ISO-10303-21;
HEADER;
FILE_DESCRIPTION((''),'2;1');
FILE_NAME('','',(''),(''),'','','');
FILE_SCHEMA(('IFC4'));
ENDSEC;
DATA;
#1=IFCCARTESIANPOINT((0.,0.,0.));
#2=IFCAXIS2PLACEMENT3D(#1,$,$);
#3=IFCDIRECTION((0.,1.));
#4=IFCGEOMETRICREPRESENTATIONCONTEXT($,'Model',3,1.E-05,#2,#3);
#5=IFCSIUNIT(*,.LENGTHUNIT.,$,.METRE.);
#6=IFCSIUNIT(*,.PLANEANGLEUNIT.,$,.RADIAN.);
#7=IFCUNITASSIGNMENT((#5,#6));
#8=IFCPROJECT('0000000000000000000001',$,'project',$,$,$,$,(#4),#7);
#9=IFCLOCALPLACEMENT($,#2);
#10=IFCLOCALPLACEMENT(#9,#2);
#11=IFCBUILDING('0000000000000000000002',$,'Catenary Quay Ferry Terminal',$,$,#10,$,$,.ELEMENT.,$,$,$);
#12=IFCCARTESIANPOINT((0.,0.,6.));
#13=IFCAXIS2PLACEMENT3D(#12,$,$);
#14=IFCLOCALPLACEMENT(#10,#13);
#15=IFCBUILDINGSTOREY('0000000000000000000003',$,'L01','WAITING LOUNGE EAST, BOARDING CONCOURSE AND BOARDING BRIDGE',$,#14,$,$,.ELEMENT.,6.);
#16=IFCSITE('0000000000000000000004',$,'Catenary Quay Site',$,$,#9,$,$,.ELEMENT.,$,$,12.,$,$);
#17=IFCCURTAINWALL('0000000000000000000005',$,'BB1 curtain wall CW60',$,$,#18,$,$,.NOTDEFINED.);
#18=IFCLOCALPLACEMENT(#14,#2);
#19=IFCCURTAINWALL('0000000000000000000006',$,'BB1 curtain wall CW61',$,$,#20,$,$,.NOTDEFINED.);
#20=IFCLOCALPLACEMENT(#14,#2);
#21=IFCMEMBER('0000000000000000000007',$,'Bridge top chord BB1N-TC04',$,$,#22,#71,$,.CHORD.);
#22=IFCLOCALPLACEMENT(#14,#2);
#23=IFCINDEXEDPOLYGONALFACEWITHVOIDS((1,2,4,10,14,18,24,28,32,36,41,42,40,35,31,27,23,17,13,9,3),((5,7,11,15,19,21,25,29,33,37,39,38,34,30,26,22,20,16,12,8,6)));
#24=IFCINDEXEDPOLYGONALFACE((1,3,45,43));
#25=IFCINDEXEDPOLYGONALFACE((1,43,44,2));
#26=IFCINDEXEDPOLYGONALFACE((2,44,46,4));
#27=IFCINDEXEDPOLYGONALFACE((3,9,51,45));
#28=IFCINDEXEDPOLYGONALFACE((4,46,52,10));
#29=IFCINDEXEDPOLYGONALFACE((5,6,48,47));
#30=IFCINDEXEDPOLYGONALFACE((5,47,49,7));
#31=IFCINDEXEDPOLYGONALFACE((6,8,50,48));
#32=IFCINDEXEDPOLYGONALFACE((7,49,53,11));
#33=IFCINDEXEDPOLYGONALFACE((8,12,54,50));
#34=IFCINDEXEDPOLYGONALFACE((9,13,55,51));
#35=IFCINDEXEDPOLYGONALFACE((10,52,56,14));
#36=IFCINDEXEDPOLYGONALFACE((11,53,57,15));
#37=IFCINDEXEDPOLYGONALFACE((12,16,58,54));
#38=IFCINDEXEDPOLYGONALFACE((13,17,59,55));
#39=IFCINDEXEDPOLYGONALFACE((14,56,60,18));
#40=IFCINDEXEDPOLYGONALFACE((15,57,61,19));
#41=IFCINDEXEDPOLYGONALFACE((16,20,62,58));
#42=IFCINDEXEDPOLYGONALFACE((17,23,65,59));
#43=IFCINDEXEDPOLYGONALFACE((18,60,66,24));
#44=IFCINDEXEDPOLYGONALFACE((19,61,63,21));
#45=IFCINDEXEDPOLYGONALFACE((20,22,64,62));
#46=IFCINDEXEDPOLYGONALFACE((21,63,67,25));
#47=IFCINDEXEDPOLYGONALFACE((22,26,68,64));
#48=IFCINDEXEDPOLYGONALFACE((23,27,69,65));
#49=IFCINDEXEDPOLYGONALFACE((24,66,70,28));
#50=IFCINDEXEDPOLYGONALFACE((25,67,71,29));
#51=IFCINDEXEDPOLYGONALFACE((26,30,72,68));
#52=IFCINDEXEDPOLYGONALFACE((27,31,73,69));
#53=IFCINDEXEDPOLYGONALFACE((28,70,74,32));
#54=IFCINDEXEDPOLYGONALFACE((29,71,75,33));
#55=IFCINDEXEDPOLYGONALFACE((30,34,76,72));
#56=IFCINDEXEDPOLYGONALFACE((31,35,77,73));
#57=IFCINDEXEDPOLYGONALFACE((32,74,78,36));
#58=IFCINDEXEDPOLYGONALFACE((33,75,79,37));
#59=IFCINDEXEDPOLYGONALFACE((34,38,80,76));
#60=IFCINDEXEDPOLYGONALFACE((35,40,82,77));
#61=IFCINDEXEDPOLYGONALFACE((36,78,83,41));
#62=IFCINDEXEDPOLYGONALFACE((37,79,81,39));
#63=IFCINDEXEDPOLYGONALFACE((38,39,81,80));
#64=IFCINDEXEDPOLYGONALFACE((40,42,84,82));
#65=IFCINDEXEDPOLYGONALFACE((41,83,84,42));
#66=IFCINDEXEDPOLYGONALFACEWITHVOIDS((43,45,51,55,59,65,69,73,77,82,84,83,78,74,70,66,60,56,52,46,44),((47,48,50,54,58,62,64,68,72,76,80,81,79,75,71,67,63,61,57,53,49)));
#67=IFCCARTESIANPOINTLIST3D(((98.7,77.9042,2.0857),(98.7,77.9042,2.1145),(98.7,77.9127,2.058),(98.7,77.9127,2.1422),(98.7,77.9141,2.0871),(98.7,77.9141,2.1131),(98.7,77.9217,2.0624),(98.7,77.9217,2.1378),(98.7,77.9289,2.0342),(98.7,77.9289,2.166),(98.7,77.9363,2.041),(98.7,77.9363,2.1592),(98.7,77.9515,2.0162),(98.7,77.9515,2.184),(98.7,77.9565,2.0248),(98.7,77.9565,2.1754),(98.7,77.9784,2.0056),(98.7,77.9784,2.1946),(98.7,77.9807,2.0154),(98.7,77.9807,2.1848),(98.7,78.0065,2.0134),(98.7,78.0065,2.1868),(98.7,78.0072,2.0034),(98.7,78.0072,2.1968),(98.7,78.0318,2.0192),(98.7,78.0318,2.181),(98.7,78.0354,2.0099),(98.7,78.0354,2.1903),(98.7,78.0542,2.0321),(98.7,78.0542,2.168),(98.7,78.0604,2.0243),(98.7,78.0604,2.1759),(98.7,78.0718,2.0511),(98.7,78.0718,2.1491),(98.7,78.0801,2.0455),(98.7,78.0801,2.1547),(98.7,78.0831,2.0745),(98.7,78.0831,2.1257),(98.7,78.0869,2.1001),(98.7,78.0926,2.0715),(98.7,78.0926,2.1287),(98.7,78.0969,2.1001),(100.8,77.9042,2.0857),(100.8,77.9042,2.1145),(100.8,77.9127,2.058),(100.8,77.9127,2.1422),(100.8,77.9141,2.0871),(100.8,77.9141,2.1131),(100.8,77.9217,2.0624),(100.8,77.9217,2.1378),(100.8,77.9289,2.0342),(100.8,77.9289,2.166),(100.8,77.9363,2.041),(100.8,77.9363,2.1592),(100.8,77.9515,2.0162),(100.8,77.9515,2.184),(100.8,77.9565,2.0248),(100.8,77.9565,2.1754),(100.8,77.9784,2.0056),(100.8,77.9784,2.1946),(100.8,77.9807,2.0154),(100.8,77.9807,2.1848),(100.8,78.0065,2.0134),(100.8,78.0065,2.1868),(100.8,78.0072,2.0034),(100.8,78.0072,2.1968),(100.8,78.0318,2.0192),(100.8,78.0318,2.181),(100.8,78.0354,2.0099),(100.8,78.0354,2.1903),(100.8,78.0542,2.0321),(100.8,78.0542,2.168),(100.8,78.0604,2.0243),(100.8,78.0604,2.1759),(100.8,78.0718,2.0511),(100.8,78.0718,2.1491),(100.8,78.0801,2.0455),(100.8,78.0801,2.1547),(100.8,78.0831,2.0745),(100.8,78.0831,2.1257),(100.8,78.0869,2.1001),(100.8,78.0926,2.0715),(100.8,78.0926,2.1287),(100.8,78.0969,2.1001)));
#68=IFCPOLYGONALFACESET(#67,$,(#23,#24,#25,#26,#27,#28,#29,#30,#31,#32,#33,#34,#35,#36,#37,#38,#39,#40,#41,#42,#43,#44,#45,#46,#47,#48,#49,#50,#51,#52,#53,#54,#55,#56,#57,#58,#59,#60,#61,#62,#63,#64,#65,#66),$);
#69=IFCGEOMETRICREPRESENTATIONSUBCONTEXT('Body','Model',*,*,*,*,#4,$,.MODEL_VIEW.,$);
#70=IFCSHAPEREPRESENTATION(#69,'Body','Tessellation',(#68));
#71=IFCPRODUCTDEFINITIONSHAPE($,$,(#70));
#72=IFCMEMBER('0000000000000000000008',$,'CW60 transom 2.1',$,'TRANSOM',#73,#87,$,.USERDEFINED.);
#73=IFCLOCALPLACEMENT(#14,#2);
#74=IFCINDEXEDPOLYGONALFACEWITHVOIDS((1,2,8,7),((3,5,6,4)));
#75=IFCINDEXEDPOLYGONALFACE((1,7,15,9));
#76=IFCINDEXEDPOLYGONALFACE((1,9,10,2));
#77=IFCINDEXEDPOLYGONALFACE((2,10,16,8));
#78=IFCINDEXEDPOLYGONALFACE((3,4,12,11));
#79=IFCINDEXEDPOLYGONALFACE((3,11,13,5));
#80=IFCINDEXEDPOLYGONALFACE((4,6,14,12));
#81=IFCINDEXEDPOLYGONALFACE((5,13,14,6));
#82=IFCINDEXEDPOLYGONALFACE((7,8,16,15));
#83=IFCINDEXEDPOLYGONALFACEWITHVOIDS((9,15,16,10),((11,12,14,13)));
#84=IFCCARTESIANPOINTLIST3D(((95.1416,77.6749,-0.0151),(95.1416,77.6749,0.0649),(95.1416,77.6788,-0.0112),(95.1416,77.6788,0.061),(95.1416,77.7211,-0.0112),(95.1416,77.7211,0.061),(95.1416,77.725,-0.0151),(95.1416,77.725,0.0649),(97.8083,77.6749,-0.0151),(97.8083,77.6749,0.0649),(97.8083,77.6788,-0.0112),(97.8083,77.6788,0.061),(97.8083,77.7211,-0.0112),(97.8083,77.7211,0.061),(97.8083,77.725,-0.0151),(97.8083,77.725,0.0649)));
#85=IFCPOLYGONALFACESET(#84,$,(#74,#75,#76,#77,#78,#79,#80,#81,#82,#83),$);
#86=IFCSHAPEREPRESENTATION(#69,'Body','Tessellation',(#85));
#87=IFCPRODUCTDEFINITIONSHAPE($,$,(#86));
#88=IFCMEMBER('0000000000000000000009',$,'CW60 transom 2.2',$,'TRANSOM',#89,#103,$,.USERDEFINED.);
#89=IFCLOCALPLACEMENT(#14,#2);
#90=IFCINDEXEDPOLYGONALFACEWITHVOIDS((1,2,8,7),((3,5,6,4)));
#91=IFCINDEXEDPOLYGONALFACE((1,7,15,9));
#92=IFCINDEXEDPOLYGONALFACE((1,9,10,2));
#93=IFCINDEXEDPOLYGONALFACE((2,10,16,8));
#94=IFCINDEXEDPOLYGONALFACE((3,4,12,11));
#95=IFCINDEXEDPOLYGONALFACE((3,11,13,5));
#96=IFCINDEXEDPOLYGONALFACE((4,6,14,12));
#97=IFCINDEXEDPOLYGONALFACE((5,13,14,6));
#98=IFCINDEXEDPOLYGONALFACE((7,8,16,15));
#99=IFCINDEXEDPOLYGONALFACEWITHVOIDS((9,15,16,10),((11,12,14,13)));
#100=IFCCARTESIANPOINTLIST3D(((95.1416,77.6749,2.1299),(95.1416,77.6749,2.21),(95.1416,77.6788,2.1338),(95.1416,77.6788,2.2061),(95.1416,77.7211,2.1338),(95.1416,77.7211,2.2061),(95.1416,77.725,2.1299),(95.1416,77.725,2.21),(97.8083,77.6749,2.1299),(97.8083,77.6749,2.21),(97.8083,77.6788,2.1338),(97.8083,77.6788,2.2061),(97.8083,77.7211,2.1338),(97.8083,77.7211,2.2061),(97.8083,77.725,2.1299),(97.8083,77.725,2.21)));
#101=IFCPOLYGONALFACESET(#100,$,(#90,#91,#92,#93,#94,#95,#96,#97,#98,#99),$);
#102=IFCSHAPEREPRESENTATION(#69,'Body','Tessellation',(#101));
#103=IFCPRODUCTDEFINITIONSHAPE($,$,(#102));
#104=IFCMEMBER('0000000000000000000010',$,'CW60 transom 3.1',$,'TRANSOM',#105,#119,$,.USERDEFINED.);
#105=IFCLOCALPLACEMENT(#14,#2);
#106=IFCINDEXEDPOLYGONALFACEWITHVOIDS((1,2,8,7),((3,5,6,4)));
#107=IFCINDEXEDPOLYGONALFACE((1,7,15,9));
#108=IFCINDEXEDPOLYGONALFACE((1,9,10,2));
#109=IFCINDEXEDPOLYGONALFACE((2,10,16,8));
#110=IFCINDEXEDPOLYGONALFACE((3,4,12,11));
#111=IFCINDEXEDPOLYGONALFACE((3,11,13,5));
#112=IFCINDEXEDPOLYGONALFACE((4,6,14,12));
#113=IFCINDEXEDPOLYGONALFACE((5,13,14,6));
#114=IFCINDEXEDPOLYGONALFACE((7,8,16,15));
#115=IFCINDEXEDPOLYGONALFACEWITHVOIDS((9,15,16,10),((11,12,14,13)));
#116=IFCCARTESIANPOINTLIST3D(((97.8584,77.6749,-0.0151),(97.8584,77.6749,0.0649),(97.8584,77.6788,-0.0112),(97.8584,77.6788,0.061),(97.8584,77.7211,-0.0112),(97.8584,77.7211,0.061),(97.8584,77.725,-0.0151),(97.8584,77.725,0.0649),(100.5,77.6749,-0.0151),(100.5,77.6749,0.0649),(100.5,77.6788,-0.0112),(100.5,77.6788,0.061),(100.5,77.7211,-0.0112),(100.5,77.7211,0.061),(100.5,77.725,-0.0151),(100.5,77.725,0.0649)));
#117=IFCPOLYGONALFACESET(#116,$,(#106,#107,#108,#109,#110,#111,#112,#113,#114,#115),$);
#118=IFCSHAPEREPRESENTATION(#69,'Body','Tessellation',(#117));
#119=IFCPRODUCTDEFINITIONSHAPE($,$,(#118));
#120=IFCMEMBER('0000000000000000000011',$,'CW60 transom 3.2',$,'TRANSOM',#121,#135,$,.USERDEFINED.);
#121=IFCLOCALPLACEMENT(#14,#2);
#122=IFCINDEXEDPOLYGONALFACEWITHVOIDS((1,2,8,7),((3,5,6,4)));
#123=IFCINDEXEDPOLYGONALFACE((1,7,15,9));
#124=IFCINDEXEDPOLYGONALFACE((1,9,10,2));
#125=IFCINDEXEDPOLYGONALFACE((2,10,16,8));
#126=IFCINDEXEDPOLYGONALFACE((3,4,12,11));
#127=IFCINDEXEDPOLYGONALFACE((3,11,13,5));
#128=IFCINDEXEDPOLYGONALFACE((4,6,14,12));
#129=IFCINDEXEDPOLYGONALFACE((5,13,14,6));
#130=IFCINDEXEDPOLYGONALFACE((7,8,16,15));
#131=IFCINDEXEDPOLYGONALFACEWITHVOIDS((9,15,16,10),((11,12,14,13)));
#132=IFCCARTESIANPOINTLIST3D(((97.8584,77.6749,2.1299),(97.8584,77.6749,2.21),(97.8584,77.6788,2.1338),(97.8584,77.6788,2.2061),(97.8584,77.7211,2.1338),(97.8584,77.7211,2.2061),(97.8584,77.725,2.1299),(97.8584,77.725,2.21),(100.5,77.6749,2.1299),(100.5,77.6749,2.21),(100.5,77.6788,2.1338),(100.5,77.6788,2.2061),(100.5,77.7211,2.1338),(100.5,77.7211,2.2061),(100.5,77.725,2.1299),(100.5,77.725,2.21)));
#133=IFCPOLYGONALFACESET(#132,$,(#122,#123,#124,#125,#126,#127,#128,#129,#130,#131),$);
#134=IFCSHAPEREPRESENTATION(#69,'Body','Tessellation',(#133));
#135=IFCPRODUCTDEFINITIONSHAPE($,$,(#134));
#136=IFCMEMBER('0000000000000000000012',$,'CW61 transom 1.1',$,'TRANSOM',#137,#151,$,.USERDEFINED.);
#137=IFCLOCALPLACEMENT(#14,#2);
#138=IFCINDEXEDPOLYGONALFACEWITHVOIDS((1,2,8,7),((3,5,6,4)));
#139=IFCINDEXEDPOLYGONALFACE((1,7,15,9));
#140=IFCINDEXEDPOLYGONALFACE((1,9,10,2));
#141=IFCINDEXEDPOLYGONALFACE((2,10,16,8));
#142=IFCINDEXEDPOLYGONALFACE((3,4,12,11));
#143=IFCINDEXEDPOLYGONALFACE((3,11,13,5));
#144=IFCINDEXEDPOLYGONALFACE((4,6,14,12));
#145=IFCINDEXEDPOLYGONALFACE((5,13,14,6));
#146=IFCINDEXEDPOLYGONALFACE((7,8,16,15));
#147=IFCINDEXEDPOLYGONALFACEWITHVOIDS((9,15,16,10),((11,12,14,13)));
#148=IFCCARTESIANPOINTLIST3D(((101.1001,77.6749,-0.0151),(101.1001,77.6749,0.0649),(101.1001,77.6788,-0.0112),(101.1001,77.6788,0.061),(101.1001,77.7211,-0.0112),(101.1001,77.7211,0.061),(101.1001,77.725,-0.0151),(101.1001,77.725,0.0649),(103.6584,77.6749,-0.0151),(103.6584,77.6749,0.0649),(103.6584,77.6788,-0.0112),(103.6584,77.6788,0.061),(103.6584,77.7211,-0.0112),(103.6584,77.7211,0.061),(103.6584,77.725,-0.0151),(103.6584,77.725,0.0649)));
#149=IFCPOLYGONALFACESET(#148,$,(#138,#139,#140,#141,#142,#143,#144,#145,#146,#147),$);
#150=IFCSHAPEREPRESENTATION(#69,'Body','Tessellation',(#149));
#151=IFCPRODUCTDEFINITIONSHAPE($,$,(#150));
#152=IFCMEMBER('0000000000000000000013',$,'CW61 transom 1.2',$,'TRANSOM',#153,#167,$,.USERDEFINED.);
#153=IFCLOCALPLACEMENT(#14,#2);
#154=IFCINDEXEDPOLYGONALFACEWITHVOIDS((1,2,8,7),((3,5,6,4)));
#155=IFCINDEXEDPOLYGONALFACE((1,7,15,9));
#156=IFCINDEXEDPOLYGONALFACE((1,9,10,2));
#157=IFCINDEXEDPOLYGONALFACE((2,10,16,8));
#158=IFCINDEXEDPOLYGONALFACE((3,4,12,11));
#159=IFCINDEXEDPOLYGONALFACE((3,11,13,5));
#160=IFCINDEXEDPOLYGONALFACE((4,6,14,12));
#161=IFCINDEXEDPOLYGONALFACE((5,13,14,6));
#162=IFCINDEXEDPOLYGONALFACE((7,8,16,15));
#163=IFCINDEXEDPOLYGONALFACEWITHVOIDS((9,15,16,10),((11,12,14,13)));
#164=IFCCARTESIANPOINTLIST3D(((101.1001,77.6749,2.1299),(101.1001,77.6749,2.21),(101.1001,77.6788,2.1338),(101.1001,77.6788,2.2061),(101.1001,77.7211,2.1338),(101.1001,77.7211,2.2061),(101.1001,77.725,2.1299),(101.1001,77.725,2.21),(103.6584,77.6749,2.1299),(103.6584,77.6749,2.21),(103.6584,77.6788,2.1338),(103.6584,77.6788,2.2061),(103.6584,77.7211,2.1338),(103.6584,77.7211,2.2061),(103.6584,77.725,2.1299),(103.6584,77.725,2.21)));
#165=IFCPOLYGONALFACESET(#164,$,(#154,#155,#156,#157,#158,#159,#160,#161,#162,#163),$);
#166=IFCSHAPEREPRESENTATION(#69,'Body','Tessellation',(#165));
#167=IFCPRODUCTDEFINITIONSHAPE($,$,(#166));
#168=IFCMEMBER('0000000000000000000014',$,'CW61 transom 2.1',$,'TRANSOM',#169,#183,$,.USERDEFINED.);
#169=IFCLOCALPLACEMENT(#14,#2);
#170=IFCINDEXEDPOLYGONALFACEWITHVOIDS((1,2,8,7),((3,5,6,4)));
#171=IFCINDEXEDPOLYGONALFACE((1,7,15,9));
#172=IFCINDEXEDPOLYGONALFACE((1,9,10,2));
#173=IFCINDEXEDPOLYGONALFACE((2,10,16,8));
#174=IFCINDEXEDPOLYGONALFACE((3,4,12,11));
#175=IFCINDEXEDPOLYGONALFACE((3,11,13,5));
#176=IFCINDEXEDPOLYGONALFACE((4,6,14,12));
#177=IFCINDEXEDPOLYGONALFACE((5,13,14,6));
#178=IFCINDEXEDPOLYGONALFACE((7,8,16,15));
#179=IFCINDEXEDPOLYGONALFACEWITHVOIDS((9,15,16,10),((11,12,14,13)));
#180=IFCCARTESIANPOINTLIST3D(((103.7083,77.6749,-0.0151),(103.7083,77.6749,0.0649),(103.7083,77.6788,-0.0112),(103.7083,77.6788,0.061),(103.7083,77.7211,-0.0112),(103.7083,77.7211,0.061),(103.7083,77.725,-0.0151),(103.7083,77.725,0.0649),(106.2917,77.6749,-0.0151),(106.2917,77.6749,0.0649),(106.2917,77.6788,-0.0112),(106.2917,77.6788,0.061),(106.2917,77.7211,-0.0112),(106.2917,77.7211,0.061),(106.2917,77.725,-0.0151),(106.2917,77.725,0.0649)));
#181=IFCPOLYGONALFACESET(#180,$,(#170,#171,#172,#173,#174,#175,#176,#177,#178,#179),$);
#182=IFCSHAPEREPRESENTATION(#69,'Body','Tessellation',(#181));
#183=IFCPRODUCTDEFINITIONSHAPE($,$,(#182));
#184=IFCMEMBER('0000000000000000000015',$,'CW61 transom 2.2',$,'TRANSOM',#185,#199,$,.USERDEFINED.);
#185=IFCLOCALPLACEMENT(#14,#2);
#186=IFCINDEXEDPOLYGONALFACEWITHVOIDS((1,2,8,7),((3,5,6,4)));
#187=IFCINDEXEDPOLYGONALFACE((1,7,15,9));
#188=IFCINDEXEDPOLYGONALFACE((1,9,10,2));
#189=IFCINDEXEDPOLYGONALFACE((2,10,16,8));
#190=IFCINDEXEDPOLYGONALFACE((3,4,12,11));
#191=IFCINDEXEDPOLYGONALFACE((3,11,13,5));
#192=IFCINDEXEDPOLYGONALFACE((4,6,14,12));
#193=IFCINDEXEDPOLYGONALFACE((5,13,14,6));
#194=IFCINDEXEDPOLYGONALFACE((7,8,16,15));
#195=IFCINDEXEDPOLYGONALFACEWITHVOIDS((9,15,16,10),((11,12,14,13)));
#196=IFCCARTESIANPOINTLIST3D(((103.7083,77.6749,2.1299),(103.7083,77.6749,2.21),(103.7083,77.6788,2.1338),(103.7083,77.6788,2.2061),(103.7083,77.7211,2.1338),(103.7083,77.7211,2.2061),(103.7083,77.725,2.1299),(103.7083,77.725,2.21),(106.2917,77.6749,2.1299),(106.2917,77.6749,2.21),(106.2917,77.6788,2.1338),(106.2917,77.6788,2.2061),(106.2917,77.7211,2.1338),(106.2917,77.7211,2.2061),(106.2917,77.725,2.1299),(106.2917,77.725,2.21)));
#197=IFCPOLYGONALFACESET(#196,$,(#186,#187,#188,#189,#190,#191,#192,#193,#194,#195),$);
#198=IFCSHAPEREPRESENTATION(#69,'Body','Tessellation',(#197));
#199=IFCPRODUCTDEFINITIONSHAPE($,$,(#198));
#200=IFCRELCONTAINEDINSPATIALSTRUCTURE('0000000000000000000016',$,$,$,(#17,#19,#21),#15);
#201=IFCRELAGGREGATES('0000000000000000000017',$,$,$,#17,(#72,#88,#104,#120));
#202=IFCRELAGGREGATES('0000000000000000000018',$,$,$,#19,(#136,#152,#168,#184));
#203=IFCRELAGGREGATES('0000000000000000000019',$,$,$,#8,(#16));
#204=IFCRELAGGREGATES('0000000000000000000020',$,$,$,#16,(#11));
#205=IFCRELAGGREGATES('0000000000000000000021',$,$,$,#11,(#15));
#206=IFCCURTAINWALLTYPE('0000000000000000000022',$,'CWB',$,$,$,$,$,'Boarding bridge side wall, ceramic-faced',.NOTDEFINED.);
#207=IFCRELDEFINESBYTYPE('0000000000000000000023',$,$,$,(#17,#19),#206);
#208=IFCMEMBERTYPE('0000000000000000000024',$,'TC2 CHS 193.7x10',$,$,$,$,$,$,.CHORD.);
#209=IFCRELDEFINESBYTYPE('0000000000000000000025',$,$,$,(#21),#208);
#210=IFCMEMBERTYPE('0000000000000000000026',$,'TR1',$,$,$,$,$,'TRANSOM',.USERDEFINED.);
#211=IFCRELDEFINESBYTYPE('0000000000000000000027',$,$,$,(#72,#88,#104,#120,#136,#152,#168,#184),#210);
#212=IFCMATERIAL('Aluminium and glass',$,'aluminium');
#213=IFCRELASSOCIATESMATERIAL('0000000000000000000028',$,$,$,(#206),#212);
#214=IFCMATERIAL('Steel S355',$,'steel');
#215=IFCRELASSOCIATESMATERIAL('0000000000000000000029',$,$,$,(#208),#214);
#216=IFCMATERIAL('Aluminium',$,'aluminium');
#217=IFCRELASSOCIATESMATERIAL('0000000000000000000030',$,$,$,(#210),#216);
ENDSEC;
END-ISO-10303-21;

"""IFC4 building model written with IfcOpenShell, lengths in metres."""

from ifc_helpers import new_model, si_unit, direction, frame, origin, origin_2d, place, context, subcontext, project, spatial, hollow_rectangle, hollow_circle, extrude, material, material_profile, profile_set, type_object, element, aggregate, save


model = new_model("IFC4")

# Units and contexts
model_context = context("Model", 3, precision=1e-05, world=origin(), true_north=direction((0.0, 1.0)))
body_context = subcontext(model_context, "Body", "Model", "MODEL_VIEW")
ifc_project = project(units=[si_unit("LENGTHUNIT", "METRE"), si_unit("PLANEANGLEUNIT", "RADIAN")], contexts=[model_context])

# Site, building, storey
site_placement = place(None, origin())
site = spatial("IfcSite", under=ifc_project, at=site_placement, Name="Catenary Quay Site", CompositionType="ELEMENT", RefElevation=12.0)
building_placement = place(site_placement, origin())
building = spatial("IfcBuilding", under=site, at=building_placement, Name="Catenary Quay Ferry Terminal", CompositionType="ELEMENT")
storey_placement = place(building_placement, frame((0.0, 0.0, 6.0)))
storey = spatial("IfcBuildingStorey", under=building, at=storey_placement, Name="L01", Description="WAITING LOUNGE EAST, BOARDING CONCOURSE AND BOARDING BRIDGE", CompositionType="ELEMENT", Elevation=6.0)

# Curtain walls
ifc_material_1 = material(Name="Aluminium and glass", Category="aluminium")
curtain_wall_type = type_object("IfcCurtainWallType", Name="CWB", ElementType="Boarding bridge side wall, ceramic-faced", PredefinedType="NOTDEFINED", material=ifc_material_1)
curtain_wall_1_placement = place(storey_placement, origin())
curtain_wall_1 = element("IfcCurtainWall", 1, at=curtain_wall_1_placement, inside=storey, type_object=curtain_wall_type, Name="BB1 curtain wall CW60", PredefinedType="NOTDEFINED")
curtain_wall_2_placement = place(storey_placement, origin())
curtain_wall_2 = element("IfcCurtainWall", 2, at=curtain_wall_2_placement, inside=storey, type_object=curtain_wall_type, Name="BB1 curtain wall CW61", PredefinedType="NOTDEFINED")

# Member
ifc_material_2 = material(Name="Steel S355", Category="steel")
ifc_material_profile_1 = material_profile(ifc_material_2, hollow_circle(Radius=0.0969, WallThickness=0.01, at=origin_2d()), Name="CHS 193.7x10")
ifc_profile_set_1 = profile_set([ifc_material_profile_1], Name="Steel S355")
member_type_1 = type_object("IfcMemberType", Name="TC2 CHS 193.7x10", PredefinedType="CHORD", material=ifc_profile_set_1)
member_1_placement = place(storey_placement, frame((98.7, 78.0, 2.1001), z_axis=(1.0, 0.0, 0.0), x_axis=(0.0, 1.0, 0.0)))
element("IfcMember", 3, at=member_1_placement, inside=storey, type_object=member_type_1, Name="Bridge top chord BB1N-TC04", PredefinedType="CHORD", context=body_context, shape_type="SweptSolid", body=[
    extrude(hollow_circle(Radius=0.0969, WallThickness=0.01, at=origin_2d()), origin(), (0.0, 0.0, 1.0), 2.1001),
])

# Members
ifc_material_3 = material(Name="Aluminium", Category="aluminium")
ifc_material_profile_2 = material_profile(ifc_material_3, hollow_rectangle(XDim=0.05, YDim=0.0801, WallThickness=0.0039, at=origin_2d()), Name="TR1")
ifc_profile_set_2 = profile_set([ifc_material_profile_2], Name="Aluminium")
member_type_2 = type_object("IfcMemberType", Name="TR1", ElementType="TRANSOM", PredefinedType="USERDEFINED", material=ifc_profile_set_2)
member_2_placement = place(storey_placement, frame((95.1416, 77.7, 0.0249), z_axis=(1.0, 0.0, 0.0), x_axis=(0.0, 1.0, 0.0)))
member_2 = element("IfcMember", 4, at=member_2_placement, type_object=member_type_2, Name="CW60 transom 2.1", ObjectType="TRANSOM", PredefinedType="USERDEFINED", context=body_context, shape_type="SweptSolid", body=[
    extrude(hollow_rectangle(XDim=0.05, YDim=0.0801, WallThickness=0.0039, at=origin_2d()), origin(), (0.0, 0.0, 1.0), 2.6667),
])
member_3_placement = place(storey_placement, frame((95.1416, 77.7, 2.1699), z_axis=(1.0, 0.0, 0.0), x_axis=(0.0, 1.0, 0.0)))
member_3 = element("IfcMember", 5, at=member_3_placement, type_object=member_type_2, Name="CW60 transom 2.2", ObjectType="TRANSOM", PredefinedType="USERDEFINED", context=body_context, shape_type="SweptSolid", body=[
    extrude(hollow_rectangle(XDim=0.05, YDim=0.0801, WallThickness=0.0039, at=origin_2d()), origin(), (0.0, 0.0, 1.0), 2.6667),
])
member_4_placement = place(storey_placement, frame((97.8584, 77.7, 0.0249), z_axis=(1.0, 0.0, 0.0), x_axis=(0.0, 1.0, 0.0)))
member_4 = element("IfcMember", 6, at=member_4_placement, type_object=member_type_2, Name="CW60 transom 3.1", ObjectType="TRANSOM", PredefinedType="USERDEFINED", context=body_context, shape_type="SweptSolid", body=[
    extrude(hollow_rectangle(XDim=0.05, YDim=0.0801, WallThickness=0.0039, at=origin_2d()), origin(), (0.0, 0.0, 1.0), 2.6416),
])
member_5_placement = place(storey_placement, frame((97.8584, 77.7, 2.1699), z_axis=(1.0, 0.0, 0.0), x_axis=(0.0, 1.0, 0.0)))
member_5 = element("IfcMember", 7, at=member_5_placement, type_object=member_type_2, Name="CW60 transom 3.2", ObjectType="TRANSOM", PredefinedType="USERDEFINED", context=body_context, shape_type="SweptSolid", body=[
    extrude(hollow_rectangle(XDim=0.05, YDim=0.0801, WallThickness=0.0039, at=origin_2d()), origin(), (0.0, 0.0, 1.0), 2.6416),
])
member_6_placement = place(storey_placement, frame((101.1001, 77.7, 0.0249), z_axis=(1.0, 0.0, 0.0), x_axis=(0.0, 1.0, 0.0)))
member_6 = element("IfcMember", 8, at=member_6_placement, type_object=member_type_2, Name="CW61 transom 1.1", ObjectType="TRANSOM", PredefinedType="USERDEFINED", context=body_context, shape_type="SweptSolid", body=[
    extrude(hollow_rectangle(XDim=0.05, YDim=0.0801, WallThickness=0.0039, at=origin_2d()), origin(), (0.0, 0.0, 1.0), 2.5583),
])
member_7_placement = place(storey_placement, frame((101.1001, 77.7, 2.1699), z_axis=(1.0, 0.0, 0.0), x_axis=(0.0, 1.0, 0.0)))
member_7 = element("IfcMember", 9, at=member_7_placement, type_object=member_type_2, Name="CW61 transom 1.2", ObjectType="TRANSOM", PredefinedType="USERDEFINED", context=body_context, shape_type="SweptSolid", body=[
    extrude(hollow_rectangle(XDim=0.05, YDim=0.0801, WallThickness=0.0039, at=origin_2d()), origin(), (0.0, 0.0, 1.0), 2.5583),
])
member_8_placement = place(storey_placement, frame((103.7083, 77.7, 0.0249), z_axis=(1.0, 0.0, 0.0), x_axis=(0.0, 1.0, 0.0)))
member_8 = element("IfcMember", 10, at=member_8_placement, type_object=member_type_2, Name="CW61 transom 2.1", ObjectType="TRANSOM", PredefinedType="USERDEFINED", context=body_context, shape_type="SweptSolid", body=[
    extrude(hollow_rectangle(XDim=0.05, YDim=0.0801, WallThickness=0.0039, at=origin_2d()), origin(), (0.0, 0.0, 1.0), 2.5835),
])
member_9_placement = place(storey_placement, frame((103.7083, 77.7, 2.1699), z_axis=(1.0, 0.0, 0.0), x_axis=(0.0, 1.0, 0.0)))
member_9 = element("IfcMember", 11, at=member_9_placement, type_object=member_type_2, Name="CW61 transom 2.2", ObjectType="TRANSOM", PredefinedType="USERDEFINED", context=body_context, shape_type="SweptSolid", body=[
    extrude(hollow_rectangle(XDim=0.05, YDim=0.0801, WallThickness=0.0039, at=origin_2d()), origin(), (0.0, 0.0, 1.0), 2.5835),
])

aggregate(curtain_wall_1, [member_2, member_3, member_4, member_5])
aggregate(curtain_wall_2, [member_6, member_7, member_8, member_9])

save(model, "model.ifc")
